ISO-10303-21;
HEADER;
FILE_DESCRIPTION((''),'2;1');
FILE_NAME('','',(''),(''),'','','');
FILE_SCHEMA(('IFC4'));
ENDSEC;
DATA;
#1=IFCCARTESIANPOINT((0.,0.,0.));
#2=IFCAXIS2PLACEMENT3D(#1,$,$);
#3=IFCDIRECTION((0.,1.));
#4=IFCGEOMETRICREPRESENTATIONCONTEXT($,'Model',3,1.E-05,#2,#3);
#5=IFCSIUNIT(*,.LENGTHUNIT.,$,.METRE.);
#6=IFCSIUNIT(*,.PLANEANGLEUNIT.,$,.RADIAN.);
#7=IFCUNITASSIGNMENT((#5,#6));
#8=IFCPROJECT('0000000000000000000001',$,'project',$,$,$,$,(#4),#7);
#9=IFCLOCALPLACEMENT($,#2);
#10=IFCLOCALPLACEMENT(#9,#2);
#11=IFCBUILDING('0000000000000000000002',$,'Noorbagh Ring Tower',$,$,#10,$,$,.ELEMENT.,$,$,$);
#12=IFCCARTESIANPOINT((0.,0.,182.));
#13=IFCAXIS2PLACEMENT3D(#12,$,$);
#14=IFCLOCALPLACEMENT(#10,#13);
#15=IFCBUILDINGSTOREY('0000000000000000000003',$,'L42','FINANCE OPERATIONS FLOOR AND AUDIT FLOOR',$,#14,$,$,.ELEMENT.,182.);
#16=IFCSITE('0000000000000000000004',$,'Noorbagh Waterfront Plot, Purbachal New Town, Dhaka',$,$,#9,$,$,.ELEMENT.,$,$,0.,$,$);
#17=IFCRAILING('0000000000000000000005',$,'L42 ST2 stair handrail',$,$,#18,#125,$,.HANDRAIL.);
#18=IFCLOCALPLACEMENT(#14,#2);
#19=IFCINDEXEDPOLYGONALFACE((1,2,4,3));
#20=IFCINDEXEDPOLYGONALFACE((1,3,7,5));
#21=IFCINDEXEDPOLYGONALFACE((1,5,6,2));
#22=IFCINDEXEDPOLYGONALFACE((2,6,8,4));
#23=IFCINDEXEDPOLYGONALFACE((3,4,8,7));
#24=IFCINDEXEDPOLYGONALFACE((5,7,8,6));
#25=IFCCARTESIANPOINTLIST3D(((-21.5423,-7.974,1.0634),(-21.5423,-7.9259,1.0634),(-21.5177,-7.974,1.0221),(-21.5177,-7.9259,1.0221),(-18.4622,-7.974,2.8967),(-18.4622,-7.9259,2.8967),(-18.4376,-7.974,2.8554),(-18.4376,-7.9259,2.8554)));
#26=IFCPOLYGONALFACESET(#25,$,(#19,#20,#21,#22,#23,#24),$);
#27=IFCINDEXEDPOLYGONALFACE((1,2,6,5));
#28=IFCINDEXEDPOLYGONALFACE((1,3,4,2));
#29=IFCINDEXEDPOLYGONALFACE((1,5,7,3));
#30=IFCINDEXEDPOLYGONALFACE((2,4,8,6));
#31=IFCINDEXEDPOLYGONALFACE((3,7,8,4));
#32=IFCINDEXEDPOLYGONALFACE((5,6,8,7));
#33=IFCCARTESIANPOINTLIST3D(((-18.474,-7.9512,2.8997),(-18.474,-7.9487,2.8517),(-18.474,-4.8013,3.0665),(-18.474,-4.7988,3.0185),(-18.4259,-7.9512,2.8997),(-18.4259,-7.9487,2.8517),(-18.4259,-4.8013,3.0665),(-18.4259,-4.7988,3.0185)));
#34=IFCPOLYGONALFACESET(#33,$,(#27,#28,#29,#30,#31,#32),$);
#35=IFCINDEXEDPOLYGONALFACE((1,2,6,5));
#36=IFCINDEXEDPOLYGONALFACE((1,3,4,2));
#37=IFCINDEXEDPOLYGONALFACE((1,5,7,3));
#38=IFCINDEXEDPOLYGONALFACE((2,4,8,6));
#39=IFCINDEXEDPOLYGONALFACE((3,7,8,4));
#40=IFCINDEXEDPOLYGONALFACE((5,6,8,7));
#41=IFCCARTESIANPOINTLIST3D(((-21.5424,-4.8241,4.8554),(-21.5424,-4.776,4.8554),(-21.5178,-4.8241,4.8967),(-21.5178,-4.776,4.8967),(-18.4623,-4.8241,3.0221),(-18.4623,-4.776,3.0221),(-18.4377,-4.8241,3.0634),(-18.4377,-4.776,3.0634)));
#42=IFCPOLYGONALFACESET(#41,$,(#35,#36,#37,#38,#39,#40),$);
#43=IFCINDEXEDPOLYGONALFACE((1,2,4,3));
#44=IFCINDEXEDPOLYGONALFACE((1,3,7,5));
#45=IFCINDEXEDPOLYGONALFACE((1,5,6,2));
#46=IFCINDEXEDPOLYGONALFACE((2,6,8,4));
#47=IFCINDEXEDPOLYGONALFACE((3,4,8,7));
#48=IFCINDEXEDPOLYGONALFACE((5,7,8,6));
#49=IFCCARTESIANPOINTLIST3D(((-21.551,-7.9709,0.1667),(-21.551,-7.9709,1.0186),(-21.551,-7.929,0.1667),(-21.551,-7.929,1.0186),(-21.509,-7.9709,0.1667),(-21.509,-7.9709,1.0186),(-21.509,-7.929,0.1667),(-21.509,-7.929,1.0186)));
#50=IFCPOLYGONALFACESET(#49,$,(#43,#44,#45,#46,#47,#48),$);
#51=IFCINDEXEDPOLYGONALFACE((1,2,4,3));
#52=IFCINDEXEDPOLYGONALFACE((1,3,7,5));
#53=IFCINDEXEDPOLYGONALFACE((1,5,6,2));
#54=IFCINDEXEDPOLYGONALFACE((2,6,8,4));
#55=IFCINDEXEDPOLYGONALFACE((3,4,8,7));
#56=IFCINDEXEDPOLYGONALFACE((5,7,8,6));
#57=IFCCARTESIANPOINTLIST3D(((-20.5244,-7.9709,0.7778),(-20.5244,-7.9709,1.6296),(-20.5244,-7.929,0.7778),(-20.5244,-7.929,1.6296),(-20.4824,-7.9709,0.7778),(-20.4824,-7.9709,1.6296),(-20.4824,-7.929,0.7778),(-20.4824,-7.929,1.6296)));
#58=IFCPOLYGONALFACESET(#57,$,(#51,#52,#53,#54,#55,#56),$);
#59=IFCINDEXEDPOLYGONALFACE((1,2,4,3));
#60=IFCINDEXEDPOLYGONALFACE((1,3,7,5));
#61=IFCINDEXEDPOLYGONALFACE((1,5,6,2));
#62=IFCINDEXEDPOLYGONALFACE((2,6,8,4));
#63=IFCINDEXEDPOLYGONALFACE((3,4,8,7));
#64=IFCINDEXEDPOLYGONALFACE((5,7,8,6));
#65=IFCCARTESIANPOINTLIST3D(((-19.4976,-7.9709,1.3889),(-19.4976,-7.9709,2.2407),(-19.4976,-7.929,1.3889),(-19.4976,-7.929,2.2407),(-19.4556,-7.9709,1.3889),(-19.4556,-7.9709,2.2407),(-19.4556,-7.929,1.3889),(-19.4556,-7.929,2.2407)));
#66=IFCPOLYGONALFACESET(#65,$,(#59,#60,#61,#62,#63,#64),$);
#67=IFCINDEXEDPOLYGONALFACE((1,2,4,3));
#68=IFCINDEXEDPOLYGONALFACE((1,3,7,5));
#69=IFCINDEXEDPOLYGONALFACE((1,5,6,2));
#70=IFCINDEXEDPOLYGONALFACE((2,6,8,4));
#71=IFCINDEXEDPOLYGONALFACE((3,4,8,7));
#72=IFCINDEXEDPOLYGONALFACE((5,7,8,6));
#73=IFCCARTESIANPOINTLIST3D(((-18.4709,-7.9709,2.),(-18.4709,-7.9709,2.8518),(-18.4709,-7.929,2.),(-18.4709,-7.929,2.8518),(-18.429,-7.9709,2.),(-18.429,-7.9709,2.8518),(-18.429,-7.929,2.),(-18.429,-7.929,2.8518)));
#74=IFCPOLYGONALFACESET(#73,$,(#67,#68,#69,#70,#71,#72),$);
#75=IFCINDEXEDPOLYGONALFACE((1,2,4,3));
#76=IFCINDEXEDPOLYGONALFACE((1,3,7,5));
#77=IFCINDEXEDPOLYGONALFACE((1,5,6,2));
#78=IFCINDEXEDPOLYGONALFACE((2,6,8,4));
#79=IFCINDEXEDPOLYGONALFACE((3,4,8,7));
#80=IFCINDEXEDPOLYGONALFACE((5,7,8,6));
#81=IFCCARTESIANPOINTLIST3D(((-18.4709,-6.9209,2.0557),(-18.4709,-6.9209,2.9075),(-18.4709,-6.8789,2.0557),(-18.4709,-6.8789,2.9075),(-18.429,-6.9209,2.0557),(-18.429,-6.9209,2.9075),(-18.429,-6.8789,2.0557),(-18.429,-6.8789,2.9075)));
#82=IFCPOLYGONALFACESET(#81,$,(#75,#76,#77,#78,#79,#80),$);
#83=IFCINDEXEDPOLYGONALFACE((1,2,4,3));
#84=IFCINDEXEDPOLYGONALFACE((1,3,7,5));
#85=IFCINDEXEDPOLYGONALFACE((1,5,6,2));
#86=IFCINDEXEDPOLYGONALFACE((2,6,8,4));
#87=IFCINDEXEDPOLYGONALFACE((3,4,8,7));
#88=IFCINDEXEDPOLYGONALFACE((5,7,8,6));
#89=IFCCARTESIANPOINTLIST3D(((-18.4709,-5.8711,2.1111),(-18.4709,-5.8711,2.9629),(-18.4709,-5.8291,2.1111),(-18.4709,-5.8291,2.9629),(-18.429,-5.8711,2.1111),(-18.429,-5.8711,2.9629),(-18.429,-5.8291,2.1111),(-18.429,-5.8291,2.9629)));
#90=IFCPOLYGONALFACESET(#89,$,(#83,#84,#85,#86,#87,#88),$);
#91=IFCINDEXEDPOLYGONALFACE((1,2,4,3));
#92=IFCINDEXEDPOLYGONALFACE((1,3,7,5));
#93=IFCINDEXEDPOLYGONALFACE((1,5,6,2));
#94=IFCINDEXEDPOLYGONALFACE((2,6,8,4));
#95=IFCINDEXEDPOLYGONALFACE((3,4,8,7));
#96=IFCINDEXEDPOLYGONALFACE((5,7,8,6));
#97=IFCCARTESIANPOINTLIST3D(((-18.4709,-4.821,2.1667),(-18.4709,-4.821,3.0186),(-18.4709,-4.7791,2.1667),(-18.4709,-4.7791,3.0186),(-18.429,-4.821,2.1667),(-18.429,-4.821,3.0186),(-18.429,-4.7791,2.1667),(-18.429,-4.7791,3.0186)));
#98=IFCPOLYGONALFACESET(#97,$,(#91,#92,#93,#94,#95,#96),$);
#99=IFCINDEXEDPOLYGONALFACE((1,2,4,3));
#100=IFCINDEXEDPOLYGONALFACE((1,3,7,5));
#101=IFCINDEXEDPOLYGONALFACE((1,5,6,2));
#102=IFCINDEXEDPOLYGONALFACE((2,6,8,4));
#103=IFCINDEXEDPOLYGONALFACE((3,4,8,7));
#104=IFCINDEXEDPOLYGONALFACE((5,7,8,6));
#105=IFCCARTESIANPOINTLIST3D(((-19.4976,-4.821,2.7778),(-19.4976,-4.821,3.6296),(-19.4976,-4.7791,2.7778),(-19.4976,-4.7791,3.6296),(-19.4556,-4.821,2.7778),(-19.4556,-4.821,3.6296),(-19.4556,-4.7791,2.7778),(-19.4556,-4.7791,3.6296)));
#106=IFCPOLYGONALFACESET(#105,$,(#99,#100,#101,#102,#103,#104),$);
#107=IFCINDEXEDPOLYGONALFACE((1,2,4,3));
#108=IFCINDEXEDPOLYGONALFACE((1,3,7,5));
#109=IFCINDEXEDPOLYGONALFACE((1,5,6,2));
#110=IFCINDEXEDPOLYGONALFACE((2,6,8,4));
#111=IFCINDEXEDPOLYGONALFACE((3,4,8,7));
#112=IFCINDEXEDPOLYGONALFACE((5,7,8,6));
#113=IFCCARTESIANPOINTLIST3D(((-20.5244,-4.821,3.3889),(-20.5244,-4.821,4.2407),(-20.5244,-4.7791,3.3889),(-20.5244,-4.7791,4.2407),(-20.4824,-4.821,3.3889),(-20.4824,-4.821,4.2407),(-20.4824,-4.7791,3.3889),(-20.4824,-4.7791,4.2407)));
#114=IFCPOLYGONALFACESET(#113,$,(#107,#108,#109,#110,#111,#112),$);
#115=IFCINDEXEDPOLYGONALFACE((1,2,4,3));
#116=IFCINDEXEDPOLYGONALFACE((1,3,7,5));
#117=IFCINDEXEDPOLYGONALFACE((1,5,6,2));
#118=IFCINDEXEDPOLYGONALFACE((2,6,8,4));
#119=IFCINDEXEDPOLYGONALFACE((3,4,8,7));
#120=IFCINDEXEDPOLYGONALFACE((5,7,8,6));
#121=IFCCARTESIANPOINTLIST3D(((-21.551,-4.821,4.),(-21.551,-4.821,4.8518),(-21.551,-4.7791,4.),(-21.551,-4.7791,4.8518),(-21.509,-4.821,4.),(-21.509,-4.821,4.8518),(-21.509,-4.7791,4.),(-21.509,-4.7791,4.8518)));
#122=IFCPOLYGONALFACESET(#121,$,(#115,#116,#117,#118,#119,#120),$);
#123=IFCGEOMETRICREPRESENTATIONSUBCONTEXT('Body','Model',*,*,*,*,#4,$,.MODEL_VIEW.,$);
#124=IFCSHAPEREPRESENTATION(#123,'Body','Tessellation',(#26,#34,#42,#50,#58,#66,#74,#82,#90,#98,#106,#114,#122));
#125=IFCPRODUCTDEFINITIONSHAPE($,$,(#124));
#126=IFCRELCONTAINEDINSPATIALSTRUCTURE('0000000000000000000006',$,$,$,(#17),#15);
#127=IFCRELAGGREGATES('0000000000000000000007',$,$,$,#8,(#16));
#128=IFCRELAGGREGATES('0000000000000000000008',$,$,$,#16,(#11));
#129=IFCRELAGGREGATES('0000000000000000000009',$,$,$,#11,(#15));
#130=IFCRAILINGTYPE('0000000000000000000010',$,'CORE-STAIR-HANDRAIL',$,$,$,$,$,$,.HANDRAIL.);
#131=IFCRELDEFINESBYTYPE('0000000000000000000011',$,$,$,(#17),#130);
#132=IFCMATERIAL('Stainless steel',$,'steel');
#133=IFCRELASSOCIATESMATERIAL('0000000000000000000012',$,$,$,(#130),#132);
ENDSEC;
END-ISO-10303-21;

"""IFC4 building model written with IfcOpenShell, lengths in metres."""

from ifc_helpers import new_model, si_unit, direction, frame, origin, origin_2d, place, context, subcontext, project, spatial, rectangle, extrude, material, type_object, element, save


model = new_model("IFC4")

# Units and contexts
model_context = context("Model", 3, precision=1e-05, world=origin(), true_north=direction((0.0, 1.0)))
body_context = subcontext(model_context, "Body", "Model", "MODEL_VIEW")
ifc_project = project(units=[si_unit("LENGTHUNIT", "METRE"), si_unit("PLANEANGLEUNIT", "RADIAN")], contexts=[model_context])

# Site, building, storey
site_placement = place(None, origin())
site = spatial("IfcSite", under=ifc_project, at=site_placement, Name="Noorbagh Waterfront Plot, Purbachal New Town, Dhaka", CompositionType="ELEMENT", RefElevation=0.0)
building_placement = place(site_placement, origin())
building = spatial("IfcBuilding", under=site, at=building_placement, Name="Noorbagh Ring Tower", CompositionType="ELEMENT")
storey_placement = place(building_placement, frame((0.0, 0.0, 182.0)))
storey = spatial("IfcBuildingStorey", under=building, at=storey_placement, Name="L42", Description="FINANCE OPERATIONS FLOOR AND AUDIT FLOOR", CompositionType="ELEMENT", Elevation=182.0)

# Railing
ifc_material_1 = material(Name="Stainless steel", Category="steel")
railing_type_1 = type_object("IfcRailingType", Name="CORE-STAIR-HANDRAIL", PredefinedType="HANDRAIL", material=ifc_material_1)
railing_1_placement = place(storey_placement, frame((-21.53, -7.95, 0.1667)))
element("IfcRailing", 1, at=railing_1_placement, inside=storey, type_object=railing_type_1, Name="L42 ST2 stair handrail", PredefinedType="HANDRAIL", context=body_context, shape_type="SweptSolid", body=[
    extrude(rectangle(XDim=0.0481, YDim=0.0481, at=origin_2d()), frame((0.0, 0.0, 0.876), z_axis=(0.859309, 0.0, 0.511458), x_axis=(0.0, 1.0, 0.0)), (0.0, 0.0, 1.0), 3.5845),
    extrude(rectangle(XDim=0.0481, YDim=0.0481, at=origin_2d()), frame((3.0801, 0.0, 2.709), z_axis=(0.0, 0.998602, 0.052864), x_axis=(-1.0, 0.0, 0.0)), (0.0, 0.0, 1.0), 3.1543),
    extrude(rectangle(XDim=0.0481, YDim=0.0481, at=origin_2d()), frame((3.0801, 3.1499, 2.876), z_axis=(-0.859309, 0.0, 0.511458), x_axis=(0.0, -1.0, 0.0)), (0.0, 0.0, 1.0), 3.5845),
    extrude(rectangle(XDim=0.042, YDim=0.042, at=origin_2d()), origin(), (0.0, 0.0, 1.0), 0.8518),
    extrude(rectangle(XDim=0.042, YDim=0.042, at=origin_2d()), frame((1.0266, 0.0, 0.6111)), (0.0, 0.0, 1.0), 0.8518),
    extrude(rectangle(XDim=0.042, YDim=0.042, at=origin_2d()), frame((2.0535, 0.0, 1.2222)), (0.0, 0.0, 1.0), 0.8518),
    extrude(rectangle(XDim=0.042, YDim=0.042, at=origin_2d()), frame((3.0801, 0.0, 1.8333)), (0.0, 0.0, 1.0), 0.8518),
    extrude(rectangle(XDim=0.042, YDim=0.042, at=origin_2d()), frame((3.0801, 1.05, 1.8889)), (0.0, 0.0, 1.0), 0.8518),
    extrude(rectangle(XDim=0.042, YDim=0.042, at=origin_2d()), frame((3.0801, 2.0999, 1.9443)), (0.0, 0.0, 1.0), 0.8518),
    extrude(rectangle(XDim=0.042, YDim=0.042, at=origin_2d()), frame((3.0801, 3.1499, 2.0)), (0.0, 0.0, 1.0), 0.8518),
    extrude(rectangle(XDim=0.042, YDim=0.042, at=origin_2d()), frame((2.0535, 3.1499, 2.6111)), (0.0, 0.0, 1.0), 0.8518),
    extrude(rectangle(XDim=0.042, YDim=0.042, at=origin_2d()), frame((1.0266, 3.1499, 3.2222)), (0.0, 0.0, 1.0), 0.8518),
    extrude(rectangle(XDim=0.042, YDim=0.042, at=origin_2d()), frame((0.0, 3.1499, 3.8333)), (0.0, 0.0, 1.0), 0.8518),
])

save(model, "model.ifc")
